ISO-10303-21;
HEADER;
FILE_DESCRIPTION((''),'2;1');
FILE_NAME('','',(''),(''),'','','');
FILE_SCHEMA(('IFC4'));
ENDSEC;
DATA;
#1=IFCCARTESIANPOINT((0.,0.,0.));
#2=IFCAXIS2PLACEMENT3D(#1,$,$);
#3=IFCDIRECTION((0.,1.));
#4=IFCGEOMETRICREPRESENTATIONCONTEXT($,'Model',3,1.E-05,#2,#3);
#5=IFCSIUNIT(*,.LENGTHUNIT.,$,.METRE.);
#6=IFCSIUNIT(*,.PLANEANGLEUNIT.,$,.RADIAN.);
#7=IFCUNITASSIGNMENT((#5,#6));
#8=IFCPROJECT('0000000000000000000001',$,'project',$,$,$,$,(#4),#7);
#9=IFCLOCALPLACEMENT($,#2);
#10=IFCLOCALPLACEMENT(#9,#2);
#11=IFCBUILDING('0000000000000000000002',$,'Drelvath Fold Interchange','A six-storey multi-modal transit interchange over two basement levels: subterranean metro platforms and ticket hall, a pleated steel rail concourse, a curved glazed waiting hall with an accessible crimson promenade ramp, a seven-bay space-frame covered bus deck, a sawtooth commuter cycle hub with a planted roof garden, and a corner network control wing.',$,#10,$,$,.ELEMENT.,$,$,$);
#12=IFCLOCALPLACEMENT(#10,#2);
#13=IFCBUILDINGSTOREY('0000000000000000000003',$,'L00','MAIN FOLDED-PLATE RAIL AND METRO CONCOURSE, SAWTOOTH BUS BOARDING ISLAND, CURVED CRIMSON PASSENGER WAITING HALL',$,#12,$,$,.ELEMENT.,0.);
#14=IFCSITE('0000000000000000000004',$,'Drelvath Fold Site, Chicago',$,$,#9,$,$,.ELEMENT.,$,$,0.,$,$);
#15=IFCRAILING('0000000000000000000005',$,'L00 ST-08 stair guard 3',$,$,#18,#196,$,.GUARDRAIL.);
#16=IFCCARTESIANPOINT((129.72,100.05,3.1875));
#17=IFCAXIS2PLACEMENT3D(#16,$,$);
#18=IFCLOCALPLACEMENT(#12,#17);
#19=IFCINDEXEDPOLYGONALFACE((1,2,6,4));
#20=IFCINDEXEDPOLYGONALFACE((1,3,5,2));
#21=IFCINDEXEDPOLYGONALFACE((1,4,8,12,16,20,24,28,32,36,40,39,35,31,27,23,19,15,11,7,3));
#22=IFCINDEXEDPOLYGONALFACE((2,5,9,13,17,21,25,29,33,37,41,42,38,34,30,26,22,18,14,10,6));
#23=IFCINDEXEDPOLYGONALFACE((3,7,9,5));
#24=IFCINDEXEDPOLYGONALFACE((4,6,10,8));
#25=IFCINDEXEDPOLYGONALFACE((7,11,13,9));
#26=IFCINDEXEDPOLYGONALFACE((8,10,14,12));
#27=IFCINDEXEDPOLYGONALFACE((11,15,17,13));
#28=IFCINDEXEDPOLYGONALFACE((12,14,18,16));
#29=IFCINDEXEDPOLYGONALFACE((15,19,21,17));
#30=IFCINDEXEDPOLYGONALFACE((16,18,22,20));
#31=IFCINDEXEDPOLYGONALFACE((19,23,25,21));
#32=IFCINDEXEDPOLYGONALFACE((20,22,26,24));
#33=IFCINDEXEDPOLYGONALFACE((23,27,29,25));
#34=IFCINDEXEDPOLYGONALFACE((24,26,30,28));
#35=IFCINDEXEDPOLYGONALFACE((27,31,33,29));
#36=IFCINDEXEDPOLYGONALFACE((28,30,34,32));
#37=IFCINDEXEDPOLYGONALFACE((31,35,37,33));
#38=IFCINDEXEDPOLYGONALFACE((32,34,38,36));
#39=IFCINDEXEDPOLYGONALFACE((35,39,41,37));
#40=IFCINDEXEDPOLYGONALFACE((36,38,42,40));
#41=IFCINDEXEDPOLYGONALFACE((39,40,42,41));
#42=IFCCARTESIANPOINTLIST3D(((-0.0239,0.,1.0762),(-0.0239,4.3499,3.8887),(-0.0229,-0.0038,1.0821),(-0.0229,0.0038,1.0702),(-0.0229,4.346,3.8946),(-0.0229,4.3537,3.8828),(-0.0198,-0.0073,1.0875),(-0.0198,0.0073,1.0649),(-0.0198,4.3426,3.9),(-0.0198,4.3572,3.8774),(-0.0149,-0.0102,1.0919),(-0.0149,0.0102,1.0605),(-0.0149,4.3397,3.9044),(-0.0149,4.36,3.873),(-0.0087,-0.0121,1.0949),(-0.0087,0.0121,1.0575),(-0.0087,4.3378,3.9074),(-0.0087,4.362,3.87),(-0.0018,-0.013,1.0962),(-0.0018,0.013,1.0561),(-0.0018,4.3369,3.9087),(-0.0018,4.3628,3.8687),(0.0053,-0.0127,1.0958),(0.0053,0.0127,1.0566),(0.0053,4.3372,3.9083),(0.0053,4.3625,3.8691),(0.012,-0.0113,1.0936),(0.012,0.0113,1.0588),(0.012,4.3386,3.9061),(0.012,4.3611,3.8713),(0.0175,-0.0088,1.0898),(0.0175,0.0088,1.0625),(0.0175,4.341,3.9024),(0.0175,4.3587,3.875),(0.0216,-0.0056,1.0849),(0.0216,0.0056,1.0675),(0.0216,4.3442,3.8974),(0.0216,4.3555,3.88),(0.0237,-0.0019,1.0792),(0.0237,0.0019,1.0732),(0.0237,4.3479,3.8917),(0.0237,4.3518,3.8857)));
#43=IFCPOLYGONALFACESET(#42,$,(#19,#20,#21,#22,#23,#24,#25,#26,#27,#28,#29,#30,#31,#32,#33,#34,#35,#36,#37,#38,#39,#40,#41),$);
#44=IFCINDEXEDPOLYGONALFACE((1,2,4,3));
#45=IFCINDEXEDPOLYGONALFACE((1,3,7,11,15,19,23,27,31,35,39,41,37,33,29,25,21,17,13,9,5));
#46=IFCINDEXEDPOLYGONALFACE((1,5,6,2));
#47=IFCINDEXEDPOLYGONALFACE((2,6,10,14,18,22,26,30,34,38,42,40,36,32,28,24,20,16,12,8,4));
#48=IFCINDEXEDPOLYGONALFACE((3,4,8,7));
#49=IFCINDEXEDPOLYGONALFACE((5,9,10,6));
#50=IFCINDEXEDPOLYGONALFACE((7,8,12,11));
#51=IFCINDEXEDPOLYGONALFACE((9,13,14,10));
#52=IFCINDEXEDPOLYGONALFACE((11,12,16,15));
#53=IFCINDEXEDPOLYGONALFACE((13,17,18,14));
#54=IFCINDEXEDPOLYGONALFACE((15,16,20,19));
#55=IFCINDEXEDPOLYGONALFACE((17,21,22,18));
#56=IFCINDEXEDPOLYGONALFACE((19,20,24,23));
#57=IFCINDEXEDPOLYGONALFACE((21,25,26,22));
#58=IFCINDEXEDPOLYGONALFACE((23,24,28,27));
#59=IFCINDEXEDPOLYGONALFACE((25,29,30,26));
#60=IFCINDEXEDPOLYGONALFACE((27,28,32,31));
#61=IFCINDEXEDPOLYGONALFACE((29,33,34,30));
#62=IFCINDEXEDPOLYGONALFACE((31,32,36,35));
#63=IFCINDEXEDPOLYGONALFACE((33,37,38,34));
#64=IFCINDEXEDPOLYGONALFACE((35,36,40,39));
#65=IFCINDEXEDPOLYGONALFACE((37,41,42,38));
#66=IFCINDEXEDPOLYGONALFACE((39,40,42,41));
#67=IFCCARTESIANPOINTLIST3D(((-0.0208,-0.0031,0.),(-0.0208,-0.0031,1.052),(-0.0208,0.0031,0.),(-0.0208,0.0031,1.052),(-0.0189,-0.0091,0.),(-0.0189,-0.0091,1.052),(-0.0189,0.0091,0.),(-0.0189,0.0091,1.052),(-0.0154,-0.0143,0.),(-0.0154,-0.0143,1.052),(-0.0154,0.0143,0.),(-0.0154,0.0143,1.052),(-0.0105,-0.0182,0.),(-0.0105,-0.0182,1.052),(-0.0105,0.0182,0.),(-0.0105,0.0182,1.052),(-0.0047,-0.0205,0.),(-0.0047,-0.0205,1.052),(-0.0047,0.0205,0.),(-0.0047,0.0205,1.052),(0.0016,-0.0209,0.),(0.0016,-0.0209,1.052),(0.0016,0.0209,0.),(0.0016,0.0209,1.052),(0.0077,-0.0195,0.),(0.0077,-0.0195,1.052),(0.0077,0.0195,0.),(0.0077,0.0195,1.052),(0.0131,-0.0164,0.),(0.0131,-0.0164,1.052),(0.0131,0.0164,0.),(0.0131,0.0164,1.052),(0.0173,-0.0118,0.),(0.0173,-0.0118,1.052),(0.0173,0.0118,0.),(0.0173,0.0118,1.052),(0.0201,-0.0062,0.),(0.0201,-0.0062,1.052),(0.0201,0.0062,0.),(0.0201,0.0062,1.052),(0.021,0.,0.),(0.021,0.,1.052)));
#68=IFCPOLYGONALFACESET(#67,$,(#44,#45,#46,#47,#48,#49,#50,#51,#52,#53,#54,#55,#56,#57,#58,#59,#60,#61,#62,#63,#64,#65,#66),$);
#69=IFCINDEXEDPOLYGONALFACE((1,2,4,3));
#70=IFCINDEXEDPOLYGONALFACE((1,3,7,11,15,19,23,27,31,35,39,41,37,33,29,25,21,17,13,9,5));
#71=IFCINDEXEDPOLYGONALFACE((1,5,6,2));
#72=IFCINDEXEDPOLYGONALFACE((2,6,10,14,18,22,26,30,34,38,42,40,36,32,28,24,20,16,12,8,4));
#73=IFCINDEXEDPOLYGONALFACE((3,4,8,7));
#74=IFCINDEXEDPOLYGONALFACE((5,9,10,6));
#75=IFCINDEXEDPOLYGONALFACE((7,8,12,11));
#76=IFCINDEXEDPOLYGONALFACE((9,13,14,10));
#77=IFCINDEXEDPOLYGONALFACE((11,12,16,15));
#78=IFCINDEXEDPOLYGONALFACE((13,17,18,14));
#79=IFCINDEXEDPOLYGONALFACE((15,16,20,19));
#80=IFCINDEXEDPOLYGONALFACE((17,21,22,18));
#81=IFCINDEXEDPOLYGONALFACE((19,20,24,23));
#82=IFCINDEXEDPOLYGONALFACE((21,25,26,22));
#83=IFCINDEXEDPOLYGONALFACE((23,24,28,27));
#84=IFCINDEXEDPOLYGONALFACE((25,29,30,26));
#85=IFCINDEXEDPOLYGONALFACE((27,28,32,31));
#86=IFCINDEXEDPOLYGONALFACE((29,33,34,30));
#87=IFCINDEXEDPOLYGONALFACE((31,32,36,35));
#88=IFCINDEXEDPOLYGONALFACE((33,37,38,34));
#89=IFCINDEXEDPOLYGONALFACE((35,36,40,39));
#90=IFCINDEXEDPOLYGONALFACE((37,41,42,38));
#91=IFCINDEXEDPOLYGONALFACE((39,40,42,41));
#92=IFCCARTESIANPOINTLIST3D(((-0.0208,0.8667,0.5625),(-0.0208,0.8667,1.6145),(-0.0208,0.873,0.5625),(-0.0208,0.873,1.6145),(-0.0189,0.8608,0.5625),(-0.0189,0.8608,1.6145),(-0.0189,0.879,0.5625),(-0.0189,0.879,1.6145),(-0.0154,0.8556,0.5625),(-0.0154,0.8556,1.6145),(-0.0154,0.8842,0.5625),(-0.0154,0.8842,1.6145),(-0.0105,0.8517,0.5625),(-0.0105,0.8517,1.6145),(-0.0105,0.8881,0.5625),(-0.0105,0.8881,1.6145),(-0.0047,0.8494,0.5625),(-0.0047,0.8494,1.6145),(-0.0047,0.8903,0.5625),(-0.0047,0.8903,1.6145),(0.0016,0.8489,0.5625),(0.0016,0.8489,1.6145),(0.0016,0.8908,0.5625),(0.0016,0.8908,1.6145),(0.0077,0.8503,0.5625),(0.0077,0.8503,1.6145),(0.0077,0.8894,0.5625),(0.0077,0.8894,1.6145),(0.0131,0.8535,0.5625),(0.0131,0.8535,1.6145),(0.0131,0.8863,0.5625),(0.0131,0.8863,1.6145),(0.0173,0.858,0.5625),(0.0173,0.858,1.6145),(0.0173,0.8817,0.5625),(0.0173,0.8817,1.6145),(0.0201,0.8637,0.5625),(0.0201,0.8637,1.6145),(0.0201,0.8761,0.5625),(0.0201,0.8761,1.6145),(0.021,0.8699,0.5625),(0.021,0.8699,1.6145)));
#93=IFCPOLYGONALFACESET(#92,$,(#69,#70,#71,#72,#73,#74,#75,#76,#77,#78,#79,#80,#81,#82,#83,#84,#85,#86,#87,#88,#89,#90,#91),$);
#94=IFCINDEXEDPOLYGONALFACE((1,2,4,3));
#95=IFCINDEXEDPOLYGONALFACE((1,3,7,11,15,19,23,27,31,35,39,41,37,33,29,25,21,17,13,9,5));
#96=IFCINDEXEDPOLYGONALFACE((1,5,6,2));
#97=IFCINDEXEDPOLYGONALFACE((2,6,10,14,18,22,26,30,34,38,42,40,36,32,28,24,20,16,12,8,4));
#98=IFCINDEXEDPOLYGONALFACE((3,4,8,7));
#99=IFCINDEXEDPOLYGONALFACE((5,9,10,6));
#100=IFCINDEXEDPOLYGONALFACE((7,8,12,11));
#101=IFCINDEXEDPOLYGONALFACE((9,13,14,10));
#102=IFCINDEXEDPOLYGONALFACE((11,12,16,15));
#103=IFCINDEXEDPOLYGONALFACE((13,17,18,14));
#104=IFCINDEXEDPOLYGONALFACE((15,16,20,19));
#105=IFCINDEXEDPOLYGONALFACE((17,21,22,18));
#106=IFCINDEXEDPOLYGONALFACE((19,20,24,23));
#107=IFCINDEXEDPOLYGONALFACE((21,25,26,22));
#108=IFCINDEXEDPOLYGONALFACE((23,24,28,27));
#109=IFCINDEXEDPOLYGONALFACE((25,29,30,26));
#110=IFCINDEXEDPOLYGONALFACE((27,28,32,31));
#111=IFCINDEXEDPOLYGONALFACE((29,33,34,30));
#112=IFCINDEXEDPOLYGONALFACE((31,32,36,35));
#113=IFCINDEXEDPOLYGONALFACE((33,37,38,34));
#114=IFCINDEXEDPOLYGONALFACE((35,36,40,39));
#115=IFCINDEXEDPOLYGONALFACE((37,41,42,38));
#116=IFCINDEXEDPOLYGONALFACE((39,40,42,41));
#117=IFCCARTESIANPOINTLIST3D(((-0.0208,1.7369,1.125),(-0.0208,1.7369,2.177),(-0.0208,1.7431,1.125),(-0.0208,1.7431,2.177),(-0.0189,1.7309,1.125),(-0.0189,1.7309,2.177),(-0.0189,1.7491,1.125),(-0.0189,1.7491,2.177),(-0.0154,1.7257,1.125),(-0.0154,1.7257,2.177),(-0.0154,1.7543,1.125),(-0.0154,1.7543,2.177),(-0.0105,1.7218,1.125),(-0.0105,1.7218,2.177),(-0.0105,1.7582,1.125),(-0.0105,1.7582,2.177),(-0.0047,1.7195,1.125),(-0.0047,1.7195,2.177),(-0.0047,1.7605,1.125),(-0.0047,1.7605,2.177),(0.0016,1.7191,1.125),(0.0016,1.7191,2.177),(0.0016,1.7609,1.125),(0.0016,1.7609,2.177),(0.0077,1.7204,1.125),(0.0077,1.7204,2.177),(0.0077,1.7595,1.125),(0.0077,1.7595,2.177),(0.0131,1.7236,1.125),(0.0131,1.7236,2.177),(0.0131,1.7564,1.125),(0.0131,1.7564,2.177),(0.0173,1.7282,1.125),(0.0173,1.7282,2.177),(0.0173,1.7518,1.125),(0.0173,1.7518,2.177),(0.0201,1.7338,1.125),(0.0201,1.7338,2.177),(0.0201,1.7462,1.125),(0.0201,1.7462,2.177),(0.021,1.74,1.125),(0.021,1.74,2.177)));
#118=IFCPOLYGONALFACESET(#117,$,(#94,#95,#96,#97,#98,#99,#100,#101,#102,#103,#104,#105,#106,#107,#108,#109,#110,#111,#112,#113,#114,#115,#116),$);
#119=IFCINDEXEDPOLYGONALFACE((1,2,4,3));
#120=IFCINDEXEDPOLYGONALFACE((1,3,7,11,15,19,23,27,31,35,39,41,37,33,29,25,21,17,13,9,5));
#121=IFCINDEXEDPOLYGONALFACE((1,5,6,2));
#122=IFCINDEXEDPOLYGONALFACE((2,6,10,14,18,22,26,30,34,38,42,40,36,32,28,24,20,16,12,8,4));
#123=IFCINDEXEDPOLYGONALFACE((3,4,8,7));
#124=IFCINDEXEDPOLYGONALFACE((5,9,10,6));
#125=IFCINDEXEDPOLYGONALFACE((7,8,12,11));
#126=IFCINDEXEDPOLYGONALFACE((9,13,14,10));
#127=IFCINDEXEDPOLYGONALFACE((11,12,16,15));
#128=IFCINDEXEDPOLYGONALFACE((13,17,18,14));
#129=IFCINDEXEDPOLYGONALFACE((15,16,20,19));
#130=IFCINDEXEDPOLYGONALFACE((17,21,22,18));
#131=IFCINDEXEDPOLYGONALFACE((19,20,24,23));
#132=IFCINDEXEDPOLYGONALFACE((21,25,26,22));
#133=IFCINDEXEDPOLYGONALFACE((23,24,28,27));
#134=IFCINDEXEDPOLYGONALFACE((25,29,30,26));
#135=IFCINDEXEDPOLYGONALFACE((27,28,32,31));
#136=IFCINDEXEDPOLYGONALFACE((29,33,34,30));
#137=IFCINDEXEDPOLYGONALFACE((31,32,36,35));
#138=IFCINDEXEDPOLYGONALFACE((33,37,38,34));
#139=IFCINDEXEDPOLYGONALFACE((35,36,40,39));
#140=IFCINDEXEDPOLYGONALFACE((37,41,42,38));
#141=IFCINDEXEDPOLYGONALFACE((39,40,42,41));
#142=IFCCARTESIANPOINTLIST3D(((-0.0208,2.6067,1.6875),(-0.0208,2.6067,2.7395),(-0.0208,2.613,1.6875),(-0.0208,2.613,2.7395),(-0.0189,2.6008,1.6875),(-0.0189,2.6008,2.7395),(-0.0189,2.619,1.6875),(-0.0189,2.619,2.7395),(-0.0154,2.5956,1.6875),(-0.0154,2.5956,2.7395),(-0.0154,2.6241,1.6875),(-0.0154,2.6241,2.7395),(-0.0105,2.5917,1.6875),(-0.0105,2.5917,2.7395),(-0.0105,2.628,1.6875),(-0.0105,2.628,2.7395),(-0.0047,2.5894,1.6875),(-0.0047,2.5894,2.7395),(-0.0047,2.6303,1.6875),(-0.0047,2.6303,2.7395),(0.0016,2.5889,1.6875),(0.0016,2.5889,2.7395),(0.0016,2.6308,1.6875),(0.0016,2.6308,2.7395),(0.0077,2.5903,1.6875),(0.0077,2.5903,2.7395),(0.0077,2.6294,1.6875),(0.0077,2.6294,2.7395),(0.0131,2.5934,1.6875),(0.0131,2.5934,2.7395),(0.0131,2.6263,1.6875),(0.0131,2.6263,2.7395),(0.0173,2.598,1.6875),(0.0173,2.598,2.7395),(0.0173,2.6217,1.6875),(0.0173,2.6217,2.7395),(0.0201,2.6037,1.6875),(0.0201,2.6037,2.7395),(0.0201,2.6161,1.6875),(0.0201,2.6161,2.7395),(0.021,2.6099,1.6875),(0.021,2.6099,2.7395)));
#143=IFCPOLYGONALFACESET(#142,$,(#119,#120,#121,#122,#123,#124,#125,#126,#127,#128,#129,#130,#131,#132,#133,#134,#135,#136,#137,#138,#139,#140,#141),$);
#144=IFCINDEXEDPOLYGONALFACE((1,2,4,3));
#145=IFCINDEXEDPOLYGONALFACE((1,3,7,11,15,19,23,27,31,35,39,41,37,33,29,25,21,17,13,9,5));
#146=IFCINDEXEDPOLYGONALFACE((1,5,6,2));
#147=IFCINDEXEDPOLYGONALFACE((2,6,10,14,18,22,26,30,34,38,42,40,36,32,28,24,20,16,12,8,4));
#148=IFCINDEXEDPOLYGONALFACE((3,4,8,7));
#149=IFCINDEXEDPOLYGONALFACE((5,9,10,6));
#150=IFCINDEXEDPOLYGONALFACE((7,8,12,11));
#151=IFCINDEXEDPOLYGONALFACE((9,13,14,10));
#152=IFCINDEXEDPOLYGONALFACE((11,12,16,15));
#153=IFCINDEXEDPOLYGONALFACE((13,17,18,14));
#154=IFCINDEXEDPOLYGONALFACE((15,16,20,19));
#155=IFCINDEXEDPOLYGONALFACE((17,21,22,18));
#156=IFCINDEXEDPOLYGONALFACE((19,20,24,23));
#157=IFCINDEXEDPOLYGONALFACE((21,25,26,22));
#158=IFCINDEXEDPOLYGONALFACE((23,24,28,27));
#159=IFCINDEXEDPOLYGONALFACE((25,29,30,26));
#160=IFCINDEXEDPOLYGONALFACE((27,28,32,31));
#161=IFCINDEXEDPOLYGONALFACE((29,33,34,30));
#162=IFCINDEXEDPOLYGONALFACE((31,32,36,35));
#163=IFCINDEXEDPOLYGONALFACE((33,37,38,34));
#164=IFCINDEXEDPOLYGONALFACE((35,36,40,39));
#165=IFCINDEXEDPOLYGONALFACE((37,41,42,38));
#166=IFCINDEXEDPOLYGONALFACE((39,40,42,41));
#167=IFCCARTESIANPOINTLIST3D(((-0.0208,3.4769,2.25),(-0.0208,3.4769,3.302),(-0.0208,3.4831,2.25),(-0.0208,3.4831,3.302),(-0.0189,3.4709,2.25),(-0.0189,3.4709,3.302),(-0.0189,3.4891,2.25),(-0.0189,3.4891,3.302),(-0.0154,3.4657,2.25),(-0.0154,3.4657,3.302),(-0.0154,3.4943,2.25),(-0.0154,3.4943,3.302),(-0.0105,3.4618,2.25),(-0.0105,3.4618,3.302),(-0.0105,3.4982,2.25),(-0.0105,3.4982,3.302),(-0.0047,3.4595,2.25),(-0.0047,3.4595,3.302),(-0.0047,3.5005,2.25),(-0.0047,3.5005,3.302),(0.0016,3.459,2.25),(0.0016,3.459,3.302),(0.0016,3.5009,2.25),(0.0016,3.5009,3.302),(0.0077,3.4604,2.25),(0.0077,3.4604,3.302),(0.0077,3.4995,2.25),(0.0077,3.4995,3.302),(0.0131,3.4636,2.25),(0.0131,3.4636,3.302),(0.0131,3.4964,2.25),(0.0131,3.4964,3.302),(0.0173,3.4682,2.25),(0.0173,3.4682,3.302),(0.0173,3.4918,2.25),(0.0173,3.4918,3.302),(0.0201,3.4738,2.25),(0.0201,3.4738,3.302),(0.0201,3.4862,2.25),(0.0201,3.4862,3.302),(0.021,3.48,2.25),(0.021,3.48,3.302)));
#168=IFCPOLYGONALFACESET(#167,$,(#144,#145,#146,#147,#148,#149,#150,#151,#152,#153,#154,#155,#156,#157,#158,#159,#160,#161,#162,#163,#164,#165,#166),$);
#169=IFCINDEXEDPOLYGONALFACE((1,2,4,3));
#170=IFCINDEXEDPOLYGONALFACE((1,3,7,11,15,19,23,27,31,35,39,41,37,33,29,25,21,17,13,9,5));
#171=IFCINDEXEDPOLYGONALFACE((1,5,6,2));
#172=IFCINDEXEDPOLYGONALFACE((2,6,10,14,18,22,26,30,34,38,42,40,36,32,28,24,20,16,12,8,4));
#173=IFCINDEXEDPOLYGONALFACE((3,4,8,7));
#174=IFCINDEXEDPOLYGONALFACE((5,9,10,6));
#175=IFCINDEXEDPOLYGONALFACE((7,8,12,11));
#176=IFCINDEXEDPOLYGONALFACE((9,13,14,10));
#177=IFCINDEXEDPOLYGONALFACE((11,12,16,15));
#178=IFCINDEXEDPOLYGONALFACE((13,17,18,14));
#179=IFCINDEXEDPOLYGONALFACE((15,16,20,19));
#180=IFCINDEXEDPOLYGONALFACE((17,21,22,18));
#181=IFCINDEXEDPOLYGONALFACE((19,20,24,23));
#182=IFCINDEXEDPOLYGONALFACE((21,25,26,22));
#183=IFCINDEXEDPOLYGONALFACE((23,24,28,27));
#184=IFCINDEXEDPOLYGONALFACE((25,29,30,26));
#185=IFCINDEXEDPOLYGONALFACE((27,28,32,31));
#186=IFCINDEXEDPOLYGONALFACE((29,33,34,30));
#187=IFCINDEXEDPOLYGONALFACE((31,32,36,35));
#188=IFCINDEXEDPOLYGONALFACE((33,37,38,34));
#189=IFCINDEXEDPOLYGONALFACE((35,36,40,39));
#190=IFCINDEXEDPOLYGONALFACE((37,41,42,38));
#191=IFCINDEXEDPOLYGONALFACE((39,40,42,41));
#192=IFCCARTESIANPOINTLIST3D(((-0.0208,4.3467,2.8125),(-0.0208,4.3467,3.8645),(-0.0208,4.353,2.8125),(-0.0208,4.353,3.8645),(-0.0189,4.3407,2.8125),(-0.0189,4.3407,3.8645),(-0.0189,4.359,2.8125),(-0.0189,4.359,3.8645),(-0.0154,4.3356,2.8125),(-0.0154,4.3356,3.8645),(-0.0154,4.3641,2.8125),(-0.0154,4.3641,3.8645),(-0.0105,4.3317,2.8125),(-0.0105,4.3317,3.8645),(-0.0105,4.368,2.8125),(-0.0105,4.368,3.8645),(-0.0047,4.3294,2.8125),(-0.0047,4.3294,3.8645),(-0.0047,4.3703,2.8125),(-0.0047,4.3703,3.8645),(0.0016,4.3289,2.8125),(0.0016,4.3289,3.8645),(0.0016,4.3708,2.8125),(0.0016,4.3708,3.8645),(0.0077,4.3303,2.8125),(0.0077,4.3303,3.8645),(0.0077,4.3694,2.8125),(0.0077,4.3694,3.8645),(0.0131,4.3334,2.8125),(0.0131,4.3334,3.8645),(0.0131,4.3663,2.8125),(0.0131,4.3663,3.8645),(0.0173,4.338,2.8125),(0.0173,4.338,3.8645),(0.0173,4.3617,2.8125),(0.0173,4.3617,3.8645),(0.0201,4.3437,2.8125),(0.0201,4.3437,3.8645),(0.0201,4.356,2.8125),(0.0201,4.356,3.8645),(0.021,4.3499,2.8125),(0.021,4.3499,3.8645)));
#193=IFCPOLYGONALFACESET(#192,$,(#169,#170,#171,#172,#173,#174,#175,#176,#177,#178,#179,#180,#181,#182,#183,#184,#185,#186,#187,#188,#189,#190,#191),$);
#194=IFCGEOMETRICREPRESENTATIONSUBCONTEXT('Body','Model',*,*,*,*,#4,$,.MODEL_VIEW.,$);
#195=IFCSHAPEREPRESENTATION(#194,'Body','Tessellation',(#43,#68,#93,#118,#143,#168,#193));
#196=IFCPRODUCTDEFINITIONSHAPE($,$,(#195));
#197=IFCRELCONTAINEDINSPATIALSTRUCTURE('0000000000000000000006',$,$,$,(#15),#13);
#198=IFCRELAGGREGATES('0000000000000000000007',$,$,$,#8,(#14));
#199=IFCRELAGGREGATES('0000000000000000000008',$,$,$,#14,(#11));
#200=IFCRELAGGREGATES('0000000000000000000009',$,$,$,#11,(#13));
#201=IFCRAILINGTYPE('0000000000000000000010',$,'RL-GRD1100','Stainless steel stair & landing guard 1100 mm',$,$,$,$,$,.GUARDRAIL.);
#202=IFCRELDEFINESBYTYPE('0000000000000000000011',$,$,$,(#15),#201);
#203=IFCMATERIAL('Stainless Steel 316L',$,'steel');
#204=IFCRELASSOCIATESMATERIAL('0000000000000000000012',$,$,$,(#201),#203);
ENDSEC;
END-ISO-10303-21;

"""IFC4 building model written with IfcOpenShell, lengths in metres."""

from ifc_helpers import new_model, si_unit, direction, frame, origin, origin_2d, place, context, subcontext, project, spatial, circle, extrude, material, type_object, element, save


model = new_model("IFC4")

# Units and contexts
model_context = context("Model", 3, precision=1e-05, world=origin(), true_north=direction((0.0, 1.0)))
body_context = subcontext(model_context, "Body", "Model", "MODEL_VIEW")
ifc_project = project(units=[si_unit("LENGTHUNIT", "METRE"), si_unit("PLANEANGLEUNIT", "RADIAN")], contexts=[model_context])

# Site, building, storey
site_placement = place(None, origin())
site = spatial("IfcSite", under=ifc_project, at=site_placement, Name="Drelvath Fold Site, Chicago", CompositionType="ELEMENT", RefElevation=0.0)
building_placement = place(site_placement, origin())
building = spatial("IfcBuilding", under=site, at=building_placement, Name="Drelvath Fold Interchange", Description="A six-storey multi-modal transit interchange over two basement levels: subterranean metro platforms and ticket hall, a pleated steel rail concourse, a curved glazed waiting hall with an accessible crimson promenade ramp, a seven-bay space-frame covered bus deck, a sawtooth commuter cycle hub with a planted roof garden, and a corner network control wing.", CompositionType="ELEMENT")
storey_placement = place(building_placement, origin())
storey = spatial("IfcBuildingStorey", under=building, at=storey_placement, Name="L00", Description="MAIN FOLDED-PLATE RAIL AND METRO CONCOURSE, SAWTOOTH BUS BOARDING ISLAND, CURVED CRIMSON PASSENGER WAITING HALL", CompositionType="ELEMENT", Elevation=0.0)

# Railing
ifc_material_1 = material(Name="Stainless Steel 316L", Category="steel")
railing_type_1 = type_object("IfcRailingType", Name="RL-GRD1100", Description="Stainless steel stair & landing guard 1100 mm", PredefinedType="GUARDRAIL", material=ifc_material_1)
railing_1_placement = place(storey_placement, frame((129.72, 100.05, 3.1875)))
element("IfcRailing", 1, at=railing_1_placement, inside=storey, type_object=railing_type_1, Name="L00 ST-08 stair guard 3", PredefinedType="GUARDRAIL", context=body_context, shape_type="SweptSolid", body=[
    extrude(circle(Radius=0.0239, at=origin_2d()), frame((0.0, 0.0, 1.0762), z_axis=(0.0, 0.839756, 0.542964), x_axis=(-1.0, 0.0, 0.0)), (0.0, 0.0, 1.0), 5.1799),
    extrude(circle(Radius=0.021, at=origin_2d()), origin(), (0.0, 0.0, 1.0), 1.052),
    extrude(circle(Radius=0.021, at=origin_2d()), frame((0.0, 0.8699, 0.5625)), (0.0, 0.0, 1.0), 1.052),
    extrude(circle(Radius=0.021, at=origin_2d()), frame((0.0, 1.74, 1.125)), (0.0, 0.0, 1.0), 1.052),
    extrude(circle(Radius=0.021, at=origin_2d()), frame((0.0, 2.6099, 1.6875)), (0.0, 0.0, 1.0), 1.052),
    extrude(circle(Radius=0.021, at=origin_2d()), frame((0.0, 3.48, 2.25)), (0.0, 0.0, 1.0), 1.052),
    extrude(circle(Radius=0.021, at=origin_2d()), frame((0.0, 4.3499, 2.8125)), (0.0, 0.0, 1.0), 1.052),
])

save(model, "model.ifc")
